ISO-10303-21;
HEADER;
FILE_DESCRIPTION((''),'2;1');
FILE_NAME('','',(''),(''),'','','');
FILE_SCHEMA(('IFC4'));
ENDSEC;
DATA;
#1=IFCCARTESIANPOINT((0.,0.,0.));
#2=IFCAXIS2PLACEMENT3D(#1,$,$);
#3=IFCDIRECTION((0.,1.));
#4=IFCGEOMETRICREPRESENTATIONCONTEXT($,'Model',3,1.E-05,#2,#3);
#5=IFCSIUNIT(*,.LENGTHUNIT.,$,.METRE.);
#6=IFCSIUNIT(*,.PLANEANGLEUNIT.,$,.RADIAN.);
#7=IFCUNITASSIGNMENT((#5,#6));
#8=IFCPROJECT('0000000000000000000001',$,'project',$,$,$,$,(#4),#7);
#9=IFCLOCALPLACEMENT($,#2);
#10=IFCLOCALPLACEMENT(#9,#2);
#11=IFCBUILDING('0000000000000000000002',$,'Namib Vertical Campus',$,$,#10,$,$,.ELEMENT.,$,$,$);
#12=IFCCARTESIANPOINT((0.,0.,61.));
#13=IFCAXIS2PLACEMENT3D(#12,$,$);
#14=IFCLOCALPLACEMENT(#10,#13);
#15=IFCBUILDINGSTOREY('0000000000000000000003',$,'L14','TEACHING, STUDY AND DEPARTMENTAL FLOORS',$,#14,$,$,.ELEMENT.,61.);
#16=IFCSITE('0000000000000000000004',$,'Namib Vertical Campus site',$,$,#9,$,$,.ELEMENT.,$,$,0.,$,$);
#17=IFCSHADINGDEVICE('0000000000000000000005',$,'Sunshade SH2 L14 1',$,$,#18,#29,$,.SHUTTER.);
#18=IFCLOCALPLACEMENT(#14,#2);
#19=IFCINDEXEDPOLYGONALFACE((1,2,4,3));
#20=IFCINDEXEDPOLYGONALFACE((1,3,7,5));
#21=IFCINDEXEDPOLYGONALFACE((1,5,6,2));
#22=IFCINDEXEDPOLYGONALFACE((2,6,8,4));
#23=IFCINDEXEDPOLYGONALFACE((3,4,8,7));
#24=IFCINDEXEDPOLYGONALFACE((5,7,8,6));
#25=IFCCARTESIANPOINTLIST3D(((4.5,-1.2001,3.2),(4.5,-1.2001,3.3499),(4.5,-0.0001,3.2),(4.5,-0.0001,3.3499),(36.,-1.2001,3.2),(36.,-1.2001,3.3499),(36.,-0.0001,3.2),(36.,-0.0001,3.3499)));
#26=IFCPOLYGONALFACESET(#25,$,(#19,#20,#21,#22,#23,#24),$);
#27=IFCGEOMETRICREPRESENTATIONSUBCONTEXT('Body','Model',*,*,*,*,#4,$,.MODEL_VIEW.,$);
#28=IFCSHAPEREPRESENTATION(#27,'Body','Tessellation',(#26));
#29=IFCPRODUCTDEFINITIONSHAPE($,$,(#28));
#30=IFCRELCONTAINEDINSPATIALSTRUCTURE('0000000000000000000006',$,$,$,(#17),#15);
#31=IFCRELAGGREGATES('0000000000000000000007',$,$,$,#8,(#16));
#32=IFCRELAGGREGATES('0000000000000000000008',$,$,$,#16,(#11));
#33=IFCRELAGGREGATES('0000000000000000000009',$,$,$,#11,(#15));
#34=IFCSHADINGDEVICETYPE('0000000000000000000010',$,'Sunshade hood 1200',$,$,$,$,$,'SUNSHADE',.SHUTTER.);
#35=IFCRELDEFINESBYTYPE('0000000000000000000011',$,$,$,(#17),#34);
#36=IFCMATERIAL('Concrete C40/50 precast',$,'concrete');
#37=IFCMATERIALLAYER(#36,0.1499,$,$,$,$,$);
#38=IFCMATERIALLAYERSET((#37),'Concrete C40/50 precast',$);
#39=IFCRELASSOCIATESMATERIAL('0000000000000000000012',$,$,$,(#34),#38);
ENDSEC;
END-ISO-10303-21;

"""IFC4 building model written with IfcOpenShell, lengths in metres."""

from ifc_helpers import new_model, si_unit, direction, frame, origin, origin_2d, place, context, subcontext, project, spatial, rectangle, extrude, material, layer, layer_set, type_object, element, save


model = new_model("IFC4")

# Units and contexts
model_context = context("Model", 3, precision=1e-05, world=origin(), true_north=direction((0.0, 1.0)))
body_context = subcontext(model_context, "Body", "Model", "MODEL_VIEW")
ifc_project = project(units=[si_unit("LENGTHUNIT", "METRE"), si_unit("PLANEANGLEUNIT", "RADIAN")], contexts=[model_context])

# Site, building, storey
site_placement = place(None, origin())
site = spatial("IfcSite", under=ifc_project, at=site_placement, Name="Namib Vertical Campus site", CompositionType="ELEMENT", RefElevation=0.0)
building_placement = place(site_placement, origin())
building = spatial("IfcBuilding", under=site, at=building_placement, Name="Namib Vertical Campus", CompositionType="ELEMENT")
storey_placement = place(building_placement, frame((0.0, 0.0, 61.0)))
storey = spatial("IfcBuildingStorey", under=building, at=storey_placement, Name="L14", Description="TEACHING, STUDY AND DEPARTMENTAL FLOORS", CompositionType="ELEMENT", Elevation=61.0)

# Shading device
ifc_material_1 = material(Name="Concrete C40/50 precast", Category="concrete")
ifc_layer_1 = layer(ifc_material_1, 0.1499)
ifc_layer_set_1 = layer_set([ifc_layer_1], Name="Concrete C40/50 precast")
shading_device_type = type_object("IfcShadingDeviceType", Name="Sunshade hood 1200", ElementType="SUNSHADE", PredefinedType="SHUTTER", material=ifc_layer_set_1)
shading_device_placement = place(storey_placement, frame((20.25, -0.6001, 3.2), z_axis=(0.0, 0.0, 1.0), x_axis=(1.0, 0.0, 0.0)))
element("IfcShadingDevice", 1, at=shading_device_placement, inside=storey, type_object=shading_device_type, Name="Sunshade SH2 L14 1", PredefinedType="SHUTTER", context=body_context, shape_type="SweptSolid", body=[
    extrude(rectangle(XDim=31.5, YDim=1.2, at=origin_2d()), origin(), (0.0, 0.0, 1.0), 0.1499),
])

save(model, "model.ifc")
